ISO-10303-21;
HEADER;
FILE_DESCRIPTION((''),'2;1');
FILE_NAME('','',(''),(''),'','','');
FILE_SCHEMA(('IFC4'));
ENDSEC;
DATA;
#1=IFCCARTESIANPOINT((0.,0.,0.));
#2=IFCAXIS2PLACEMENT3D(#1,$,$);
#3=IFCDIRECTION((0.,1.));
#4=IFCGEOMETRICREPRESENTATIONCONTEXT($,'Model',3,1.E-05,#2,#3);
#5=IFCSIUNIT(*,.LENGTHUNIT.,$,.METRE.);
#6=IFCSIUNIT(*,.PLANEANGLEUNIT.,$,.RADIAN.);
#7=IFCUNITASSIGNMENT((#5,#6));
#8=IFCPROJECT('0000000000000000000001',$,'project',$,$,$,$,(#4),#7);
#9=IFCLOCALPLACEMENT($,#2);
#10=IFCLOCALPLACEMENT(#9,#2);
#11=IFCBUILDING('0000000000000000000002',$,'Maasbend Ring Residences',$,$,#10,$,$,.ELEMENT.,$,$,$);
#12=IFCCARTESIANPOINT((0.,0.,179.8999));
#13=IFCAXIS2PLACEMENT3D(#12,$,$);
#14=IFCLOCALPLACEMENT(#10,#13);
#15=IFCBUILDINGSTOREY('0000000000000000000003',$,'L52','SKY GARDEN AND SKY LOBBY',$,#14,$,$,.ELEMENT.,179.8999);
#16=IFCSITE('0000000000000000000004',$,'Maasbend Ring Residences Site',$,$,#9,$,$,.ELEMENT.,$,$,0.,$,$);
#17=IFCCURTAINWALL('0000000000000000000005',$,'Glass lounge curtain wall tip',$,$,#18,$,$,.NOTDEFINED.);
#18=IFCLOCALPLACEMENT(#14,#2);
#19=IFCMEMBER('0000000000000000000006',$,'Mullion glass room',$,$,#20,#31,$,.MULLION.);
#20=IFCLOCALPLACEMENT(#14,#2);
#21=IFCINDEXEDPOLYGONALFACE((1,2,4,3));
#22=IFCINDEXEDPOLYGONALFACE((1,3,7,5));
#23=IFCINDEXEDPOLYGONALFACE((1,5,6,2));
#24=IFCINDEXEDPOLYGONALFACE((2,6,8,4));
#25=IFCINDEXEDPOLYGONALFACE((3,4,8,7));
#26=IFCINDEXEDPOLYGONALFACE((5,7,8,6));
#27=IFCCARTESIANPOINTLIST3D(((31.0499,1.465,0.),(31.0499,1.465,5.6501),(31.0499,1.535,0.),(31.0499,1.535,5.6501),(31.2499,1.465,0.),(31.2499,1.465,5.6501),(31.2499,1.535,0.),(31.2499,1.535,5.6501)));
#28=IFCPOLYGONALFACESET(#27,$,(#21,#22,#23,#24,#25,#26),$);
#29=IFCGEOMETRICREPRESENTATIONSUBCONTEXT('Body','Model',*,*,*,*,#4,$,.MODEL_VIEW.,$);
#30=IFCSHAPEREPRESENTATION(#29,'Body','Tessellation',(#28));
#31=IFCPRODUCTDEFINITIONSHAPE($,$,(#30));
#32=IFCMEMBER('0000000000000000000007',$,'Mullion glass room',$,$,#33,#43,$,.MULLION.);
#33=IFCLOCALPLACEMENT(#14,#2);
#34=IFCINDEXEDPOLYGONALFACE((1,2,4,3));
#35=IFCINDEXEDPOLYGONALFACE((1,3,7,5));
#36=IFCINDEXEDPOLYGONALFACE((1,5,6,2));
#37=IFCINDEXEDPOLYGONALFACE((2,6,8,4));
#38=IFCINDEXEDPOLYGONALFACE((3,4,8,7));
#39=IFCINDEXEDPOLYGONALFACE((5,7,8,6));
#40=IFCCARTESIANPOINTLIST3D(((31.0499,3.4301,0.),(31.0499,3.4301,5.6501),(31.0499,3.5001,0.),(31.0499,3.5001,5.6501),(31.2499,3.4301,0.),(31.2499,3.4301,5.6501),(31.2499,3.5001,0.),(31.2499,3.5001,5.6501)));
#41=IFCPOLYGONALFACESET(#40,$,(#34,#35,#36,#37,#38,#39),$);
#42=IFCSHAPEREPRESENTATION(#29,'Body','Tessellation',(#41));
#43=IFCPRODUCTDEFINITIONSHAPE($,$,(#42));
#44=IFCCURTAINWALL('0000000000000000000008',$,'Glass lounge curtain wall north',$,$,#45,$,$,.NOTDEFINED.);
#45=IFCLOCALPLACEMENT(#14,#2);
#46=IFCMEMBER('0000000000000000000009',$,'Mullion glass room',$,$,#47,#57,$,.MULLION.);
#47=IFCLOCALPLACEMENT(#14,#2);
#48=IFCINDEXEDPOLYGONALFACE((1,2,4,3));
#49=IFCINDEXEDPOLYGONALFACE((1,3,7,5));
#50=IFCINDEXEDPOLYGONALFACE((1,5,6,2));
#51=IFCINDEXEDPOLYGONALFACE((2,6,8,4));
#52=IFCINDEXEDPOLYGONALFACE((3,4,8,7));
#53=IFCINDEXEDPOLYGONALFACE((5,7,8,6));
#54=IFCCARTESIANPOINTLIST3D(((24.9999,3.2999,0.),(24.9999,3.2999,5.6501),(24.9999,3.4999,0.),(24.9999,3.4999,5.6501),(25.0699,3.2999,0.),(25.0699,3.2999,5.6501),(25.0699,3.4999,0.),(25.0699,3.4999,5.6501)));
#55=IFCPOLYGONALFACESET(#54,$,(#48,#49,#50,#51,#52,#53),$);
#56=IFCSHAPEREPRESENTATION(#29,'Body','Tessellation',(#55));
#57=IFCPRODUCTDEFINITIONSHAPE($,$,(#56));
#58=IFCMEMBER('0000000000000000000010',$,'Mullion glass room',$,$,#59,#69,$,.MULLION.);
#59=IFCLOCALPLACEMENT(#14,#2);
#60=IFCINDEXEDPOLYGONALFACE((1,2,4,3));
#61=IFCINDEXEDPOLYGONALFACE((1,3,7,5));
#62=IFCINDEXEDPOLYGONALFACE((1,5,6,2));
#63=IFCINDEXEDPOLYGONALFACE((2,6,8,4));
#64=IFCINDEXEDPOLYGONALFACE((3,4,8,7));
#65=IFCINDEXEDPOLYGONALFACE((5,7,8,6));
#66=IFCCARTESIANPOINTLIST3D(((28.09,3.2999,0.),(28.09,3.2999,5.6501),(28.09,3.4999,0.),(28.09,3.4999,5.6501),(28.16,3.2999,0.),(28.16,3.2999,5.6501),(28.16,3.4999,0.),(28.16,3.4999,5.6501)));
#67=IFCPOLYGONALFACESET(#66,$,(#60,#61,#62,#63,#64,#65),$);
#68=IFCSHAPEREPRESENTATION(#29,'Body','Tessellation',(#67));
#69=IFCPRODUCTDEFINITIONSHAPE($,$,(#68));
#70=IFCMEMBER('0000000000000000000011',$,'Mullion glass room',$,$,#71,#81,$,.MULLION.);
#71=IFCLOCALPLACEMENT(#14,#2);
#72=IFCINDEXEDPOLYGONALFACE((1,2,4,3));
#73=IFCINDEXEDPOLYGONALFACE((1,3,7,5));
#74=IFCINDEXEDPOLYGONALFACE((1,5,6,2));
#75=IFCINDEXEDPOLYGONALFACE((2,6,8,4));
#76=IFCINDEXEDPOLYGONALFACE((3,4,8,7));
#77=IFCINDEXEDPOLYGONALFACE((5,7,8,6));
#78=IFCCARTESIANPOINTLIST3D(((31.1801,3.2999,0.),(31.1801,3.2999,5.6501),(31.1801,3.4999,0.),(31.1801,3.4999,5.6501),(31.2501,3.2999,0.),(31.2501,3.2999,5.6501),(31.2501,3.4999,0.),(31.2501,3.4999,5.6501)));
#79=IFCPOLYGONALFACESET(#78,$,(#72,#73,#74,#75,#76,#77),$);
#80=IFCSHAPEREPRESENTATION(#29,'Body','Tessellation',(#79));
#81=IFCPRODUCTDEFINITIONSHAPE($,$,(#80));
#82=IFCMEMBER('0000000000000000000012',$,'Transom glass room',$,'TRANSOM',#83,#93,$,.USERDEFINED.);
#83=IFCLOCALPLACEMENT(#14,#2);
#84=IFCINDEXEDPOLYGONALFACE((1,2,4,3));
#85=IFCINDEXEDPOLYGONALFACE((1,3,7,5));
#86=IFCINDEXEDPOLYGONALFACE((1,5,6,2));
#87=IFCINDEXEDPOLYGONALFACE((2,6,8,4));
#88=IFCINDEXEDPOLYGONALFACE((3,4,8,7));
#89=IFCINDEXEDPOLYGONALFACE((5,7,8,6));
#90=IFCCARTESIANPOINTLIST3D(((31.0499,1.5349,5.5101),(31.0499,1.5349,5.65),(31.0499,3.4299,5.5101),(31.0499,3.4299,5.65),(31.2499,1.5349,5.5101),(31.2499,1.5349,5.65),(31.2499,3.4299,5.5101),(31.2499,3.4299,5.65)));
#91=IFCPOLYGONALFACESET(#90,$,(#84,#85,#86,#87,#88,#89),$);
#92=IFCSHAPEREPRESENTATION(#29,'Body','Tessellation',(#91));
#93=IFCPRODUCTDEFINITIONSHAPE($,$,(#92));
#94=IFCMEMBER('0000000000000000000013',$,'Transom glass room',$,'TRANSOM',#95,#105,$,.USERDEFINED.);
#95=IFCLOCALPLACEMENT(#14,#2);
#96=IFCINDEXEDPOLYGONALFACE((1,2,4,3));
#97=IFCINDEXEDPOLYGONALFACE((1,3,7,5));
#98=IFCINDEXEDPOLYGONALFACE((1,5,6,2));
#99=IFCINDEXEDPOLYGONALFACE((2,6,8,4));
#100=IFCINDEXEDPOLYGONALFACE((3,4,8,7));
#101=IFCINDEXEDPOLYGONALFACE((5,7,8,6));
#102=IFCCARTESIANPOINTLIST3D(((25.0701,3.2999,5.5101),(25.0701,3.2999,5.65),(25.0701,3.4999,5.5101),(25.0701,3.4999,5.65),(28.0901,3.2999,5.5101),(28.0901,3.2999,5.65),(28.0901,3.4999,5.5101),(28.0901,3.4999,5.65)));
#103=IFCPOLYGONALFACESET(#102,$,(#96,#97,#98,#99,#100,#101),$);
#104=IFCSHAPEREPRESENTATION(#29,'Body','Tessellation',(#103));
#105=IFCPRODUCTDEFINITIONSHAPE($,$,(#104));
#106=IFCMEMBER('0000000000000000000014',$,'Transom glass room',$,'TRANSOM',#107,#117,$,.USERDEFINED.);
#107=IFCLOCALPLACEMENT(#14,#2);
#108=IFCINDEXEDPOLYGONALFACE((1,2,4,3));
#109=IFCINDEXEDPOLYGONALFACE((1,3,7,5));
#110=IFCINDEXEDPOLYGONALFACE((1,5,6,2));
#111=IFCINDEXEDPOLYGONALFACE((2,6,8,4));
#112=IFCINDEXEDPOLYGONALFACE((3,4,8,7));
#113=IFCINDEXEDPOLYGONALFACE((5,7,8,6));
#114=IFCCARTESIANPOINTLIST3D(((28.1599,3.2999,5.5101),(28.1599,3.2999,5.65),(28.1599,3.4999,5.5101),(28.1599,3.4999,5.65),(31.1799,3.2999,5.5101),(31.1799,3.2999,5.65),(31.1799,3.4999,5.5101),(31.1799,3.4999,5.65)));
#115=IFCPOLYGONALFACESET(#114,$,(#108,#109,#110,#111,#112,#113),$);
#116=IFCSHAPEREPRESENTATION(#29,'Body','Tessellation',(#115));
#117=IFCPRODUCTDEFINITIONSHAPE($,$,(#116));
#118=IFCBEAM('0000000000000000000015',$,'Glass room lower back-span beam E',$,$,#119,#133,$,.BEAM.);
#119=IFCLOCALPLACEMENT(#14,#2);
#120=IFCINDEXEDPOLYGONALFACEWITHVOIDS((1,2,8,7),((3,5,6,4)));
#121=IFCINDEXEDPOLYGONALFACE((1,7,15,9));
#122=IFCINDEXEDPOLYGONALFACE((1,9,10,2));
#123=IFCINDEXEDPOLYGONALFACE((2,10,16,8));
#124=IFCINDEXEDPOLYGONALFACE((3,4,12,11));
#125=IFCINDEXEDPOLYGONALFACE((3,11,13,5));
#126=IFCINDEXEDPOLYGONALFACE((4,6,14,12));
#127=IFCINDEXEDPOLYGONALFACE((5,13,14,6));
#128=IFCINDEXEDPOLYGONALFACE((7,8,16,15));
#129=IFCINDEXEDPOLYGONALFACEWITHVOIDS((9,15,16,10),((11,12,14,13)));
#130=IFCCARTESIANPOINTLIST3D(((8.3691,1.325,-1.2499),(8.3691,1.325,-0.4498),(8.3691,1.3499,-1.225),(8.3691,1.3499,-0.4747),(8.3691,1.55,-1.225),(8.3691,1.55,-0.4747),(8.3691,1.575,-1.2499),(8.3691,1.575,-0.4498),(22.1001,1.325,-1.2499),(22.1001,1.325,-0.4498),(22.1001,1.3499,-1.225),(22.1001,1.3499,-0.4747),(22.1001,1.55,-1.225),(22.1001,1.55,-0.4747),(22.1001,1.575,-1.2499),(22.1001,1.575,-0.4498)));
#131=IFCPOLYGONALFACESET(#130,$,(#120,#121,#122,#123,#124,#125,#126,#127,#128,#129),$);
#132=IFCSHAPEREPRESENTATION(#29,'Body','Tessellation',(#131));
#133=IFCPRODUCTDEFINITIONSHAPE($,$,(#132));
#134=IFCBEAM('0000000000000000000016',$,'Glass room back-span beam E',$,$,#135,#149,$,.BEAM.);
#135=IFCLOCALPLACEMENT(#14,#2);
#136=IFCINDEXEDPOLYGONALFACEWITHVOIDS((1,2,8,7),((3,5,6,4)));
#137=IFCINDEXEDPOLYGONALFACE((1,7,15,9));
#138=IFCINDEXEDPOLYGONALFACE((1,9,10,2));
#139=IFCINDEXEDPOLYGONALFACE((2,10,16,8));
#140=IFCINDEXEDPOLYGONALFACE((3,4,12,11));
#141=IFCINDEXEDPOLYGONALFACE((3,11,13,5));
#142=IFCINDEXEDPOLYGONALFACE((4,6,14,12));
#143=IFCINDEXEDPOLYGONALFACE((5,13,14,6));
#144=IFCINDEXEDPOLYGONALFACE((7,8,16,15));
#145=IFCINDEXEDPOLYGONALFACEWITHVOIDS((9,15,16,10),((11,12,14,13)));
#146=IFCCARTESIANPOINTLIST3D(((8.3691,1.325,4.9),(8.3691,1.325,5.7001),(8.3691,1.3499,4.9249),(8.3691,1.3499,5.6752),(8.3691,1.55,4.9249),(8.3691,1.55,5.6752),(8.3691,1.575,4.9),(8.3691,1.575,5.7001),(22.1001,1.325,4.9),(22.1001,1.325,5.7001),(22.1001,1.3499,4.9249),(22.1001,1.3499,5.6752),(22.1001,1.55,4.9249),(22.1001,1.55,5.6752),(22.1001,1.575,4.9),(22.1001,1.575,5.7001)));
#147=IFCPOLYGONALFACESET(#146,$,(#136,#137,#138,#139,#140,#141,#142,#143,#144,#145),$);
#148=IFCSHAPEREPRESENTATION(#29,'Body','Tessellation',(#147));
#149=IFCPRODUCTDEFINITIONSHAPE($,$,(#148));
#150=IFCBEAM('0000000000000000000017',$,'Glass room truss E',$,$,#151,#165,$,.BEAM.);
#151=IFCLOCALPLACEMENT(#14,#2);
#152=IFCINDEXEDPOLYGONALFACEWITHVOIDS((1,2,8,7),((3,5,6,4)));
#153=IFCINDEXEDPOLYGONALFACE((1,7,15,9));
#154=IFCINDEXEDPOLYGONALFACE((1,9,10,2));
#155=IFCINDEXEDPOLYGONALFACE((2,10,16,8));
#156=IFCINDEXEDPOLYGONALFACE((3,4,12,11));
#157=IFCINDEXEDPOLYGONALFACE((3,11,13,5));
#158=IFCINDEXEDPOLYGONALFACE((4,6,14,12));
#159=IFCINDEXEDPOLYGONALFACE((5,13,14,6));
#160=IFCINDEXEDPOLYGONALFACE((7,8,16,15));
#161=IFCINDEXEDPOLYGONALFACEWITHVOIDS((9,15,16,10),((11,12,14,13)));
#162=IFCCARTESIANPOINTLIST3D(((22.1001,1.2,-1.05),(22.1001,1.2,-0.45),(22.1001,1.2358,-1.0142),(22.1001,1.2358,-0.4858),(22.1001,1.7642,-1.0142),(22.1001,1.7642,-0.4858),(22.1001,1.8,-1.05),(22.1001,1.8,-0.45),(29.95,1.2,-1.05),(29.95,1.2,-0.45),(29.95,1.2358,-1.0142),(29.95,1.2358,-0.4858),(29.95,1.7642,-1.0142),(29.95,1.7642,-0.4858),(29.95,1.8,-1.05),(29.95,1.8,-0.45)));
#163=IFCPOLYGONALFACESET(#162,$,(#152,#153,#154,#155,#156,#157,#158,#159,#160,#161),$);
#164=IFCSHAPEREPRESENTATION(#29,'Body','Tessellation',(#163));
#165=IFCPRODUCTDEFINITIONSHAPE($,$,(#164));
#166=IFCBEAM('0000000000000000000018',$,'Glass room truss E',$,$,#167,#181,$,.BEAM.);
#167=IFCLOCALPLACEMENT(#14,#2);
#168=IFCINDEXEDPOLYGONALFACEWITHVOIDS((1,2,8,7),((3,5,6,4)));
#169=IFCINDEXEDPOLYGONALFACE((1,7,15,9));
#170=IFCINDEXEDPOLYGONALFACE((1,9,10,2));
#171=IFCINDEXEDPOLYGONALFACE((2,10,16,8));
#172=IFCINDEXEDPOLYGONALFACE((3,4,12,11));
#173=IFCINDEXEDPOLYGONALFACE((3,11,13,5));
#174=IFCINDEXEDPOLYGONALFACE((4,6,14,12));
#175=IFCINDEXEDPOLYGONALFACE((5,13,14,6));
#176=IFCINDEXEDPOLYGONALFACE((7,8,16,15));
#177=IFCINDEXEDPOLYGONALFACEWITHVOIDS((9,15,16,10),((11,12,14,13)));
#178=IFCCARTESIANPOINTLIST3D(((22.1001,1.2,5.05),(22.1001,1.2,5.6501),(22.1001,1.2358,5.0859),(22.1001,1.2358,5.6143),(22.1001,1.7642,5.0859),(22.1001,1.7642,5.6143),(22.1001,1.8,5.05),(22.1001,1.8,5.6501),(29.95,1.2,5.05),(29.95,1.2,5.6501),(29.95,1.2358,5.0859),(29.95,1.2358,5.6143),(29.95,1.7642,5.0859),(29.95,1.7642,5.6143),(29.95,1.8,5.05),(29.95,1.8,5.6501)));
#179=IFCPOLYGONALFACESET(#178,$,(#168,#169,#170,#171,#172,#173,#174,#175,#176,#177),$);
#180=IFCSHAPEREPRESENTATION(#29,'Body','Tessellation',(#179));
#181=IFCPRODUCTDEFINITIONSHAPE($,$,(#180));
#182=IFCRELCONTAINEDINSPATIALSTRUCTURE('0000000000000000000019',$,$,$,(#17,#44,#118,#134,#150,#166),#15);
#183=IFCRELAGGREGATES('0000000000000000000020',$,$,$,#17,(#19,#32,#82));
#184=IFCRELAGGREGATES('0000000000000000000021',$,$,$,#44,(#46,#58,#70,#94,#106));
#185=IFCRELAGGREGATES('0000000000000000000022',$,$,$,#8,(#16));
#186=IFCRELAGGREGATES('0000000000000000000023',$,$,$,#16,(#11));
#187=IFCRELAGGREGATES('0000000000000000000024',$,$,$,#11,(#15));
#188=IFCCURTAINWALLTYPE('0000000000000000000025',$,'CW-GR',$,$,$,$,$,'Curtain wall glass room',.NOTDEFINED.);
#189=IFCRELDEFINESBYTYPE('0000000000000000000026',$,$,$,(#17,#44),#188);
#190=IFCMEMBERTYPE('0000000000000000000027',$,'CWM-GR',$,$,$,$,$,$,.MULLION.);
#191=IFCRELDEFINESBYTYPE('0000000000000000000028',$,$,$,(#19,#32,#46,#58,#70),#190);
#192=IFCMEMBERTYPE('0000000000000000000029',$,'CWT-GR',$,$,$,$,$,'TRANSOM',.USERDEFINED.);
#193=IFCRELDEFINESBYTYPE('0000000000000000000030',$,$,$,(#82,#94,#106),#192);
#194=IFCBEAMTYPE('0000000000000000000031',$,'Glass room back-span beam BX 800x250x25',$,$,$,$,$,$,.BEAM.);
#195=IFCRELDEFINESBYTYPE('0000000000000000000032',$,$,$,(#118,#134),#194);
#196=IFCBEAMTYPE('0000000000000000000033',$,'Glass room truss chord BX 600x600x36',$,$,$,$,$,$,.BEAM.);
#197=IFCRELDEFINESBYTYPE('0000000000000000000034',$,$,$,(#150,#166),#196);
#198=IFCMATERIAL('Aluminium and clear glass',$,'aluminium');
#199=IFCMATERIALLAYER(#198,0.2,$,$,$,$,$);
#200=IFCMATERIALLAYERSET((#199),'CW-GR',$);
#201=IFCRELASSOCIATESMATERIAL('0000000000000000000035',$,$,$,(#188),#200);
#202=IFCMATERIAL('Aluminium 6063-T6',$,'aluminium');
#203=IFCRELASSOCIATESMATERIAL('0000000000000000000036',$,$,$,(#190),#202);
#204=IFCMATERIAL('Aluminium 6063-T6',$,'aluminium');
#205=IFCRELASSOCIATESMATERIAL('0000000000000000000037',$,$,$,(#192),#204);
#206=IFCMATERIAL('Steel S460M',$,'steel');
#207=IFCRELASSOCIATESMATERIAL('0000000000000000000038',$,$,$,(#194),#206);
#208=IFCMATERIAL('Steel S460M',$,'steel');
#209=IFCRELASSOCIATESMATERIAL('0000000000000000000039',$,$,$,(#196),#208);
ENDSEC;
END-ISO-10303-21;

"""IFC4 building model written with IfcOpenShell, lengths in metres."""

from ifc_helpers import new_model, si_unit, direction, frame, origin, origin_2d, place, context, subcontext, project, spatial, rectangle, hollow_rectangle, extrude, material, layer, layer_set, material_profile, profile_set, type_object, element, aggregate, save


model = new_model("IFC4")

# Units and contexts
model_context = context("Model", 3, precision=1e-05, world=origin(), true_north=direction((0.0, 1.0)))
body_context = subcontext(model_context, "Body", "Model", "MODEL_VIEW")
ifc_project = project(units=[si_unit("LENGTHUNIT", "METRE"), si_unit("PLANEANGLEUNIT", "RADIAN")], contexts=[model_context])

# Site, building, storey
site_placement = place(None, origin())
site = spatial("IfcSite", under=ifc_project, at=site_placement, Name="Maasbend Ring Residences Site", CompositionType="ELEMENT", RefElevation=0.0)
building_placement = place(site_placement, origin())
building = spatial("IfcBuilding", under=site, at=building_placement, Name="Maasbend Ring Residences", CompositionType="ELEMENT")
storey_placement = place(building_placement, frame((0.0, 0.0, 179.8999)))
storey = spatial("IfcBuildingStorey", under=building, at=storey_placement, Name="L52", Description="SKY GARDEN AND SKY LOBBY", CompositionType="ELEMENT", Elevation=179.8999)

# Curtain walls, members
ifc_material_1 = material(Name="Aluminium and clear glass", Category="aluminium")
ifc_layer_1 = layer(ifc_material_1, 0.2)
ifc_layer_set_1 = layer_set([ifc_layer_1], Name="CW-GR")
curtain_wall_type = type_object("IfcCurtainWallType", Name="CW-GR", ElementType="Curtain wall glass room", PredefinedType="NOTDEFINED", material=ifc_layer_set_1)
curtain_wall_1_placement = place(storey_placement, origin())
curtain_wall_1 = element("IfcCurtainWall", 1, at=curtain_wall_1_placement, inside=storey, type_object=curtain_wall_type, Name="Glass lounge curtain wall tip", PredefinedType="NOTDEFINED")
ifc_material_2 = material(Name="Aluminium 6063-T6", Category="aluminium")
ifc_material_profile_1 = material_profile(ifc_material_2, rectangle(XDim=0.2, YDim=0.0701, at=origin_2d()), Name="AL 200x70")
ifc_profile_set_1 = profile_set([ifc_material_profile_1], Name="Aluminium 6063-T6")
member_type_1 = type_object("IfcMemberType", Name="CWM-GR", PredefinedType="MULLION", material=ifc_profile_set_1)
member_1_placement = place(storey_placement, frame((31.1499, 1.5, 0.0), z_axis=(0.0, 0.0, 1.0), x_axis=(-1.0, 0.0, 0.0)))
member_1 = element("IfcMember", 2, at=member_1_placement, type_object=member_type_1, Name="Mullion glass room", PredefinedType="MULLION", context=body_context, shape_type="SweptSolid", body=[
    extrude(rectangle(XDim=0.2, YDim=0.0701, at=origin_2d()), origin(), (0.0, 0.0, 1.0), 5.6501),
])
member_2_placement = place(storey_placement, frame((31.1499, 3.4651, 0.0), z_axis=(0.0, 0.0, 1.0), x_axis=(-1.0, 0.0, 0.0)))
member_2 = element("IfcMember", 3, at=member_2_placement, type_object=member_type_1, Name="Mullion glass room", PredefinedType="MULLION", context=body_context, shape_type="SweptSolid", body=[
    extrude(rectangle(XDim=0.2, YDim=0.0701, at=origin_2d()), origin(), (0.0, 0.0, 1.0), 5.6501),
])
curtain_wall_2_placement = place(storey_placement, origin())
curtain_wall_2 = element("IfcCurtainWall", 4, at=curtain_wall_2_placement, inside=storey, type_object=curtain_wall_type, Name="Glass lounge curtain wall north", PredefinedType="NOTDEFINED")
member_3_placement = place(storey_placement, frame((25.0349, 3.3999, 0.0), z_axis=(0.0, 0.0, 1.0), x_axis=(0.0, 1.0, 0.0)))
member_3 = element("IfcMember", 5, at=member_3_placement, type_object=member_type_1, Name="Mullion glass room", PredefinedType="MULLION", context=body_context, shape_type="SweptSolid", body=[
    extrude(rectangle(XDim=0.2, YDim=0.0701, at=origin_2d()), origin(), (0.0, 0.0, 1.0), 5.6501),
])
member_4_placement = place(storey_placement, frame((28.125, 3.3999, 0.0), z_axis=(0.0, 0.0, 1.0), x_axis=(0.0, 1.0, 0.0)))
member_4 = element("IfcMember", 6, at=member_4_placement, type_object=member_type_1, Name="Mullion glass room", PredefinedType="MULLION", context=body_context, shape_type="SweptSolid", body=[
    extrude(rectangle(XDim=0.2, YDim=0.0701, at=origin_2d()), origin(), (0.0, 0.0, 1.0), 5.6501),
])
member_5_placement = place(storey_placement, frame((31.2151, 3.3999, 0.0), z_axis=(0.0, 0.0, 1.0), x_axis=(0.0, 1.0, 0.0)))
member_5 = element("IfcMember", 7, at=member_5_placement, type_object=member_type_1, Name="Mullion glass room", PredefinedType="MULLION", context=body_context, shape_type="SweptSolid", body=[
    extrude(rectangle(XDim=0.2, YDim=0.0701, at=origin_2d()), origin(), (0.0, 0.0, 1.0), 5.6501),
])

# Members
ifc_material_3 = material(Name="Aluminium 6063-T6", Category="aluminium")
ifc_material_profile_2 = material_profile(ifc_material_3, rectangle(XDim=0.2, YDim=0.1399, at=origin_2d()), Name="AL 200x140")
ifc_profile_set_2 = profile_set([ifc_material_profile_2], Name="Aluminium 6063-T6")
member_type_2 = type_object("IfcMemberType", Name="CWT-GR", ElementType="TRANSOM", PredefinedType="USERDEFINED", material=ifc_profile_set_2)
member_6_placement = place(storey_placement, frame((31.1499, 1.5349, 5.5801), z_axis=(0.0, 1.0, 0.0), x_axis=(-1.0, 0.0, 0.0)))
member_6 = element("IfcMember", 8, at=member_6_placement, type_object=member_type_2, Name="Transom glass room", ObjectType="TRANSOM", PredefinedType="USERDEFINED", context=body_context, shape_type="SweptSolid", body=[
    extrude(rectangle(XDim=0.2, YDim=0.1399, at=origin_2d()), origin(), (0.0, 0.0, 1.0), 1.895),
])
member_7_placement = place(storey_placement, frame((25.0701, 3.3999, 5.5801), z_axis=(1.0, 0.0, 0.0), x_axis=(0.0, 1.0, 0.0)))
member_7 = element("IfcMember", 9, at=member_7_placement, type_object=member_type_2, Name="Transom glass room", ObjectType="TRANSOM", PredefinedType="USERDEFINED", context=body_context, shape_type="SweptSolid", body=[
    extrude(rectangle(XDim=0.2, YDim=0.1399, at=origin_2d()), origin(), (0.0, 0.0, 1.0), 3.02),
])
member_8_placement = place(storey_placement, frame((28.1599, 3.3999, 5.5801), z_axis=(1.0, 0.0, 0.0), x_axis=(0.0, 1.0, 0.0)))
member_8 = element("IfcMember", 10, at=member_8_placement, type_object=member_type_2, Name="Transom glass room", ObjectType="TRANSOM", PredefinedType="USERDEFINED", context=body_context, shape_type="SweptSolid", body=[
    extrude(rectangle(XDim=0.2, YDim=0.1399, at=origin_2d()), origin(), (0.0, 0.0, 1.0), 3.02),
])

# Beams
ifc_material_4 = material(Name="Steel S460M", Category="steel")
ifc_material_profile_3 = material_profile(ifc_material_4, hollow_rectangle(XDim=0.25, YDim=0.8, WallThickness=0.0249, at=origin_2d()), Name="Glass room back-span beam BX 800x250x25")
ifc_profile_set_3 = profile_set([ifc_material_profile_3], Name="Steel S460M")
beam_type_1 = type_object("IfcBeamType", Name="Glass room back-span beam BX 800x250x25", PredefinedType="BEAM", material=ifc_profile_set_3)
for number, where, z_axis, x_axis, name in (
    (11, (22.1001, 1.45, -0.8499), (-1.0, 0.0, 0.0), (0.0, -1.0, 0.0), "Glass room lower back-span beam E"),
    (12, (22.1001, 1.45, 5.3), (-1.0, 0.0, 0.0), (0.0, -1.0, 0.0), "Glass room back-span beam E"),
):
    element("IfcBeam", number, at=place(storey_placement, frame(where, z_axis=z_axis, x_axis=x_axis)), inside=storey, type_object=beam_type_1, Name=name, PredefinedType="BEAM", context=body_context, shape_type="SweptSolid", body=[
        extrude(hollow_rectangle(XDim=0.25, YDim=0.8, WallThickness=0.0249, at=origin_2d()), origin(), (0.0, 0.0, 1.0), 13.731),
    ])
ifc_material_5 = material(Name="Steel S460M", Category="steel")
ifc_material_profile_4 = material_profile(ifc_material_5, hollow_rectangle(XDim=0.6001, YDim=0.6001, WallThickness=0.0359, at=origin_2d()), Name="Glass room truss chord BX 600x600x36")
ifc_profile_set_4 = profile_set([ifc_material_profile_4], Name="Steel S460M")
beam_type_2 = type_object("IfcBeamType", Name="Glass room truss chord BX 600x600x36", PredefinedType="BEAM", material=ifc_profile_set_4)
for number, where, z_axis, x_axis, name in (
    (13, (22.1001, 1.5, -0.75), (1.0, 0.0, 0.0), (0.0, 1.0, 0.0), "Glass room truss E"),
    (14, (22.1001, 1.5, 5.3501), (1.0, 0.0, 0.0), (0.0, 1.0, 0.0), "Glass room truss E"),
):
    element("IfcBeam", number, at=place(storey_placement, frame(where, z_axis=z_axis, x_axis=x_axis)), inside=storey, type_object=beam_type_2, Name=name, PredefinedType="BEAM", context=body_context, shape_type="SweptSolid", body=[
        extrude(hollow_rectangle(XDim=0.6001, YDim=0.6001, WallThickness=0.0359, at=origin_2d()), origin(), (0.0, 0.0, 1.0), 7.8499),
    ])

aggregate(curtain_wall_1, [member_1, member_2, member_6])
aggregate(curtain_wall_2, [member_3, member_4, member_5, member_7, member_8])

save(model, "model.ifc")
